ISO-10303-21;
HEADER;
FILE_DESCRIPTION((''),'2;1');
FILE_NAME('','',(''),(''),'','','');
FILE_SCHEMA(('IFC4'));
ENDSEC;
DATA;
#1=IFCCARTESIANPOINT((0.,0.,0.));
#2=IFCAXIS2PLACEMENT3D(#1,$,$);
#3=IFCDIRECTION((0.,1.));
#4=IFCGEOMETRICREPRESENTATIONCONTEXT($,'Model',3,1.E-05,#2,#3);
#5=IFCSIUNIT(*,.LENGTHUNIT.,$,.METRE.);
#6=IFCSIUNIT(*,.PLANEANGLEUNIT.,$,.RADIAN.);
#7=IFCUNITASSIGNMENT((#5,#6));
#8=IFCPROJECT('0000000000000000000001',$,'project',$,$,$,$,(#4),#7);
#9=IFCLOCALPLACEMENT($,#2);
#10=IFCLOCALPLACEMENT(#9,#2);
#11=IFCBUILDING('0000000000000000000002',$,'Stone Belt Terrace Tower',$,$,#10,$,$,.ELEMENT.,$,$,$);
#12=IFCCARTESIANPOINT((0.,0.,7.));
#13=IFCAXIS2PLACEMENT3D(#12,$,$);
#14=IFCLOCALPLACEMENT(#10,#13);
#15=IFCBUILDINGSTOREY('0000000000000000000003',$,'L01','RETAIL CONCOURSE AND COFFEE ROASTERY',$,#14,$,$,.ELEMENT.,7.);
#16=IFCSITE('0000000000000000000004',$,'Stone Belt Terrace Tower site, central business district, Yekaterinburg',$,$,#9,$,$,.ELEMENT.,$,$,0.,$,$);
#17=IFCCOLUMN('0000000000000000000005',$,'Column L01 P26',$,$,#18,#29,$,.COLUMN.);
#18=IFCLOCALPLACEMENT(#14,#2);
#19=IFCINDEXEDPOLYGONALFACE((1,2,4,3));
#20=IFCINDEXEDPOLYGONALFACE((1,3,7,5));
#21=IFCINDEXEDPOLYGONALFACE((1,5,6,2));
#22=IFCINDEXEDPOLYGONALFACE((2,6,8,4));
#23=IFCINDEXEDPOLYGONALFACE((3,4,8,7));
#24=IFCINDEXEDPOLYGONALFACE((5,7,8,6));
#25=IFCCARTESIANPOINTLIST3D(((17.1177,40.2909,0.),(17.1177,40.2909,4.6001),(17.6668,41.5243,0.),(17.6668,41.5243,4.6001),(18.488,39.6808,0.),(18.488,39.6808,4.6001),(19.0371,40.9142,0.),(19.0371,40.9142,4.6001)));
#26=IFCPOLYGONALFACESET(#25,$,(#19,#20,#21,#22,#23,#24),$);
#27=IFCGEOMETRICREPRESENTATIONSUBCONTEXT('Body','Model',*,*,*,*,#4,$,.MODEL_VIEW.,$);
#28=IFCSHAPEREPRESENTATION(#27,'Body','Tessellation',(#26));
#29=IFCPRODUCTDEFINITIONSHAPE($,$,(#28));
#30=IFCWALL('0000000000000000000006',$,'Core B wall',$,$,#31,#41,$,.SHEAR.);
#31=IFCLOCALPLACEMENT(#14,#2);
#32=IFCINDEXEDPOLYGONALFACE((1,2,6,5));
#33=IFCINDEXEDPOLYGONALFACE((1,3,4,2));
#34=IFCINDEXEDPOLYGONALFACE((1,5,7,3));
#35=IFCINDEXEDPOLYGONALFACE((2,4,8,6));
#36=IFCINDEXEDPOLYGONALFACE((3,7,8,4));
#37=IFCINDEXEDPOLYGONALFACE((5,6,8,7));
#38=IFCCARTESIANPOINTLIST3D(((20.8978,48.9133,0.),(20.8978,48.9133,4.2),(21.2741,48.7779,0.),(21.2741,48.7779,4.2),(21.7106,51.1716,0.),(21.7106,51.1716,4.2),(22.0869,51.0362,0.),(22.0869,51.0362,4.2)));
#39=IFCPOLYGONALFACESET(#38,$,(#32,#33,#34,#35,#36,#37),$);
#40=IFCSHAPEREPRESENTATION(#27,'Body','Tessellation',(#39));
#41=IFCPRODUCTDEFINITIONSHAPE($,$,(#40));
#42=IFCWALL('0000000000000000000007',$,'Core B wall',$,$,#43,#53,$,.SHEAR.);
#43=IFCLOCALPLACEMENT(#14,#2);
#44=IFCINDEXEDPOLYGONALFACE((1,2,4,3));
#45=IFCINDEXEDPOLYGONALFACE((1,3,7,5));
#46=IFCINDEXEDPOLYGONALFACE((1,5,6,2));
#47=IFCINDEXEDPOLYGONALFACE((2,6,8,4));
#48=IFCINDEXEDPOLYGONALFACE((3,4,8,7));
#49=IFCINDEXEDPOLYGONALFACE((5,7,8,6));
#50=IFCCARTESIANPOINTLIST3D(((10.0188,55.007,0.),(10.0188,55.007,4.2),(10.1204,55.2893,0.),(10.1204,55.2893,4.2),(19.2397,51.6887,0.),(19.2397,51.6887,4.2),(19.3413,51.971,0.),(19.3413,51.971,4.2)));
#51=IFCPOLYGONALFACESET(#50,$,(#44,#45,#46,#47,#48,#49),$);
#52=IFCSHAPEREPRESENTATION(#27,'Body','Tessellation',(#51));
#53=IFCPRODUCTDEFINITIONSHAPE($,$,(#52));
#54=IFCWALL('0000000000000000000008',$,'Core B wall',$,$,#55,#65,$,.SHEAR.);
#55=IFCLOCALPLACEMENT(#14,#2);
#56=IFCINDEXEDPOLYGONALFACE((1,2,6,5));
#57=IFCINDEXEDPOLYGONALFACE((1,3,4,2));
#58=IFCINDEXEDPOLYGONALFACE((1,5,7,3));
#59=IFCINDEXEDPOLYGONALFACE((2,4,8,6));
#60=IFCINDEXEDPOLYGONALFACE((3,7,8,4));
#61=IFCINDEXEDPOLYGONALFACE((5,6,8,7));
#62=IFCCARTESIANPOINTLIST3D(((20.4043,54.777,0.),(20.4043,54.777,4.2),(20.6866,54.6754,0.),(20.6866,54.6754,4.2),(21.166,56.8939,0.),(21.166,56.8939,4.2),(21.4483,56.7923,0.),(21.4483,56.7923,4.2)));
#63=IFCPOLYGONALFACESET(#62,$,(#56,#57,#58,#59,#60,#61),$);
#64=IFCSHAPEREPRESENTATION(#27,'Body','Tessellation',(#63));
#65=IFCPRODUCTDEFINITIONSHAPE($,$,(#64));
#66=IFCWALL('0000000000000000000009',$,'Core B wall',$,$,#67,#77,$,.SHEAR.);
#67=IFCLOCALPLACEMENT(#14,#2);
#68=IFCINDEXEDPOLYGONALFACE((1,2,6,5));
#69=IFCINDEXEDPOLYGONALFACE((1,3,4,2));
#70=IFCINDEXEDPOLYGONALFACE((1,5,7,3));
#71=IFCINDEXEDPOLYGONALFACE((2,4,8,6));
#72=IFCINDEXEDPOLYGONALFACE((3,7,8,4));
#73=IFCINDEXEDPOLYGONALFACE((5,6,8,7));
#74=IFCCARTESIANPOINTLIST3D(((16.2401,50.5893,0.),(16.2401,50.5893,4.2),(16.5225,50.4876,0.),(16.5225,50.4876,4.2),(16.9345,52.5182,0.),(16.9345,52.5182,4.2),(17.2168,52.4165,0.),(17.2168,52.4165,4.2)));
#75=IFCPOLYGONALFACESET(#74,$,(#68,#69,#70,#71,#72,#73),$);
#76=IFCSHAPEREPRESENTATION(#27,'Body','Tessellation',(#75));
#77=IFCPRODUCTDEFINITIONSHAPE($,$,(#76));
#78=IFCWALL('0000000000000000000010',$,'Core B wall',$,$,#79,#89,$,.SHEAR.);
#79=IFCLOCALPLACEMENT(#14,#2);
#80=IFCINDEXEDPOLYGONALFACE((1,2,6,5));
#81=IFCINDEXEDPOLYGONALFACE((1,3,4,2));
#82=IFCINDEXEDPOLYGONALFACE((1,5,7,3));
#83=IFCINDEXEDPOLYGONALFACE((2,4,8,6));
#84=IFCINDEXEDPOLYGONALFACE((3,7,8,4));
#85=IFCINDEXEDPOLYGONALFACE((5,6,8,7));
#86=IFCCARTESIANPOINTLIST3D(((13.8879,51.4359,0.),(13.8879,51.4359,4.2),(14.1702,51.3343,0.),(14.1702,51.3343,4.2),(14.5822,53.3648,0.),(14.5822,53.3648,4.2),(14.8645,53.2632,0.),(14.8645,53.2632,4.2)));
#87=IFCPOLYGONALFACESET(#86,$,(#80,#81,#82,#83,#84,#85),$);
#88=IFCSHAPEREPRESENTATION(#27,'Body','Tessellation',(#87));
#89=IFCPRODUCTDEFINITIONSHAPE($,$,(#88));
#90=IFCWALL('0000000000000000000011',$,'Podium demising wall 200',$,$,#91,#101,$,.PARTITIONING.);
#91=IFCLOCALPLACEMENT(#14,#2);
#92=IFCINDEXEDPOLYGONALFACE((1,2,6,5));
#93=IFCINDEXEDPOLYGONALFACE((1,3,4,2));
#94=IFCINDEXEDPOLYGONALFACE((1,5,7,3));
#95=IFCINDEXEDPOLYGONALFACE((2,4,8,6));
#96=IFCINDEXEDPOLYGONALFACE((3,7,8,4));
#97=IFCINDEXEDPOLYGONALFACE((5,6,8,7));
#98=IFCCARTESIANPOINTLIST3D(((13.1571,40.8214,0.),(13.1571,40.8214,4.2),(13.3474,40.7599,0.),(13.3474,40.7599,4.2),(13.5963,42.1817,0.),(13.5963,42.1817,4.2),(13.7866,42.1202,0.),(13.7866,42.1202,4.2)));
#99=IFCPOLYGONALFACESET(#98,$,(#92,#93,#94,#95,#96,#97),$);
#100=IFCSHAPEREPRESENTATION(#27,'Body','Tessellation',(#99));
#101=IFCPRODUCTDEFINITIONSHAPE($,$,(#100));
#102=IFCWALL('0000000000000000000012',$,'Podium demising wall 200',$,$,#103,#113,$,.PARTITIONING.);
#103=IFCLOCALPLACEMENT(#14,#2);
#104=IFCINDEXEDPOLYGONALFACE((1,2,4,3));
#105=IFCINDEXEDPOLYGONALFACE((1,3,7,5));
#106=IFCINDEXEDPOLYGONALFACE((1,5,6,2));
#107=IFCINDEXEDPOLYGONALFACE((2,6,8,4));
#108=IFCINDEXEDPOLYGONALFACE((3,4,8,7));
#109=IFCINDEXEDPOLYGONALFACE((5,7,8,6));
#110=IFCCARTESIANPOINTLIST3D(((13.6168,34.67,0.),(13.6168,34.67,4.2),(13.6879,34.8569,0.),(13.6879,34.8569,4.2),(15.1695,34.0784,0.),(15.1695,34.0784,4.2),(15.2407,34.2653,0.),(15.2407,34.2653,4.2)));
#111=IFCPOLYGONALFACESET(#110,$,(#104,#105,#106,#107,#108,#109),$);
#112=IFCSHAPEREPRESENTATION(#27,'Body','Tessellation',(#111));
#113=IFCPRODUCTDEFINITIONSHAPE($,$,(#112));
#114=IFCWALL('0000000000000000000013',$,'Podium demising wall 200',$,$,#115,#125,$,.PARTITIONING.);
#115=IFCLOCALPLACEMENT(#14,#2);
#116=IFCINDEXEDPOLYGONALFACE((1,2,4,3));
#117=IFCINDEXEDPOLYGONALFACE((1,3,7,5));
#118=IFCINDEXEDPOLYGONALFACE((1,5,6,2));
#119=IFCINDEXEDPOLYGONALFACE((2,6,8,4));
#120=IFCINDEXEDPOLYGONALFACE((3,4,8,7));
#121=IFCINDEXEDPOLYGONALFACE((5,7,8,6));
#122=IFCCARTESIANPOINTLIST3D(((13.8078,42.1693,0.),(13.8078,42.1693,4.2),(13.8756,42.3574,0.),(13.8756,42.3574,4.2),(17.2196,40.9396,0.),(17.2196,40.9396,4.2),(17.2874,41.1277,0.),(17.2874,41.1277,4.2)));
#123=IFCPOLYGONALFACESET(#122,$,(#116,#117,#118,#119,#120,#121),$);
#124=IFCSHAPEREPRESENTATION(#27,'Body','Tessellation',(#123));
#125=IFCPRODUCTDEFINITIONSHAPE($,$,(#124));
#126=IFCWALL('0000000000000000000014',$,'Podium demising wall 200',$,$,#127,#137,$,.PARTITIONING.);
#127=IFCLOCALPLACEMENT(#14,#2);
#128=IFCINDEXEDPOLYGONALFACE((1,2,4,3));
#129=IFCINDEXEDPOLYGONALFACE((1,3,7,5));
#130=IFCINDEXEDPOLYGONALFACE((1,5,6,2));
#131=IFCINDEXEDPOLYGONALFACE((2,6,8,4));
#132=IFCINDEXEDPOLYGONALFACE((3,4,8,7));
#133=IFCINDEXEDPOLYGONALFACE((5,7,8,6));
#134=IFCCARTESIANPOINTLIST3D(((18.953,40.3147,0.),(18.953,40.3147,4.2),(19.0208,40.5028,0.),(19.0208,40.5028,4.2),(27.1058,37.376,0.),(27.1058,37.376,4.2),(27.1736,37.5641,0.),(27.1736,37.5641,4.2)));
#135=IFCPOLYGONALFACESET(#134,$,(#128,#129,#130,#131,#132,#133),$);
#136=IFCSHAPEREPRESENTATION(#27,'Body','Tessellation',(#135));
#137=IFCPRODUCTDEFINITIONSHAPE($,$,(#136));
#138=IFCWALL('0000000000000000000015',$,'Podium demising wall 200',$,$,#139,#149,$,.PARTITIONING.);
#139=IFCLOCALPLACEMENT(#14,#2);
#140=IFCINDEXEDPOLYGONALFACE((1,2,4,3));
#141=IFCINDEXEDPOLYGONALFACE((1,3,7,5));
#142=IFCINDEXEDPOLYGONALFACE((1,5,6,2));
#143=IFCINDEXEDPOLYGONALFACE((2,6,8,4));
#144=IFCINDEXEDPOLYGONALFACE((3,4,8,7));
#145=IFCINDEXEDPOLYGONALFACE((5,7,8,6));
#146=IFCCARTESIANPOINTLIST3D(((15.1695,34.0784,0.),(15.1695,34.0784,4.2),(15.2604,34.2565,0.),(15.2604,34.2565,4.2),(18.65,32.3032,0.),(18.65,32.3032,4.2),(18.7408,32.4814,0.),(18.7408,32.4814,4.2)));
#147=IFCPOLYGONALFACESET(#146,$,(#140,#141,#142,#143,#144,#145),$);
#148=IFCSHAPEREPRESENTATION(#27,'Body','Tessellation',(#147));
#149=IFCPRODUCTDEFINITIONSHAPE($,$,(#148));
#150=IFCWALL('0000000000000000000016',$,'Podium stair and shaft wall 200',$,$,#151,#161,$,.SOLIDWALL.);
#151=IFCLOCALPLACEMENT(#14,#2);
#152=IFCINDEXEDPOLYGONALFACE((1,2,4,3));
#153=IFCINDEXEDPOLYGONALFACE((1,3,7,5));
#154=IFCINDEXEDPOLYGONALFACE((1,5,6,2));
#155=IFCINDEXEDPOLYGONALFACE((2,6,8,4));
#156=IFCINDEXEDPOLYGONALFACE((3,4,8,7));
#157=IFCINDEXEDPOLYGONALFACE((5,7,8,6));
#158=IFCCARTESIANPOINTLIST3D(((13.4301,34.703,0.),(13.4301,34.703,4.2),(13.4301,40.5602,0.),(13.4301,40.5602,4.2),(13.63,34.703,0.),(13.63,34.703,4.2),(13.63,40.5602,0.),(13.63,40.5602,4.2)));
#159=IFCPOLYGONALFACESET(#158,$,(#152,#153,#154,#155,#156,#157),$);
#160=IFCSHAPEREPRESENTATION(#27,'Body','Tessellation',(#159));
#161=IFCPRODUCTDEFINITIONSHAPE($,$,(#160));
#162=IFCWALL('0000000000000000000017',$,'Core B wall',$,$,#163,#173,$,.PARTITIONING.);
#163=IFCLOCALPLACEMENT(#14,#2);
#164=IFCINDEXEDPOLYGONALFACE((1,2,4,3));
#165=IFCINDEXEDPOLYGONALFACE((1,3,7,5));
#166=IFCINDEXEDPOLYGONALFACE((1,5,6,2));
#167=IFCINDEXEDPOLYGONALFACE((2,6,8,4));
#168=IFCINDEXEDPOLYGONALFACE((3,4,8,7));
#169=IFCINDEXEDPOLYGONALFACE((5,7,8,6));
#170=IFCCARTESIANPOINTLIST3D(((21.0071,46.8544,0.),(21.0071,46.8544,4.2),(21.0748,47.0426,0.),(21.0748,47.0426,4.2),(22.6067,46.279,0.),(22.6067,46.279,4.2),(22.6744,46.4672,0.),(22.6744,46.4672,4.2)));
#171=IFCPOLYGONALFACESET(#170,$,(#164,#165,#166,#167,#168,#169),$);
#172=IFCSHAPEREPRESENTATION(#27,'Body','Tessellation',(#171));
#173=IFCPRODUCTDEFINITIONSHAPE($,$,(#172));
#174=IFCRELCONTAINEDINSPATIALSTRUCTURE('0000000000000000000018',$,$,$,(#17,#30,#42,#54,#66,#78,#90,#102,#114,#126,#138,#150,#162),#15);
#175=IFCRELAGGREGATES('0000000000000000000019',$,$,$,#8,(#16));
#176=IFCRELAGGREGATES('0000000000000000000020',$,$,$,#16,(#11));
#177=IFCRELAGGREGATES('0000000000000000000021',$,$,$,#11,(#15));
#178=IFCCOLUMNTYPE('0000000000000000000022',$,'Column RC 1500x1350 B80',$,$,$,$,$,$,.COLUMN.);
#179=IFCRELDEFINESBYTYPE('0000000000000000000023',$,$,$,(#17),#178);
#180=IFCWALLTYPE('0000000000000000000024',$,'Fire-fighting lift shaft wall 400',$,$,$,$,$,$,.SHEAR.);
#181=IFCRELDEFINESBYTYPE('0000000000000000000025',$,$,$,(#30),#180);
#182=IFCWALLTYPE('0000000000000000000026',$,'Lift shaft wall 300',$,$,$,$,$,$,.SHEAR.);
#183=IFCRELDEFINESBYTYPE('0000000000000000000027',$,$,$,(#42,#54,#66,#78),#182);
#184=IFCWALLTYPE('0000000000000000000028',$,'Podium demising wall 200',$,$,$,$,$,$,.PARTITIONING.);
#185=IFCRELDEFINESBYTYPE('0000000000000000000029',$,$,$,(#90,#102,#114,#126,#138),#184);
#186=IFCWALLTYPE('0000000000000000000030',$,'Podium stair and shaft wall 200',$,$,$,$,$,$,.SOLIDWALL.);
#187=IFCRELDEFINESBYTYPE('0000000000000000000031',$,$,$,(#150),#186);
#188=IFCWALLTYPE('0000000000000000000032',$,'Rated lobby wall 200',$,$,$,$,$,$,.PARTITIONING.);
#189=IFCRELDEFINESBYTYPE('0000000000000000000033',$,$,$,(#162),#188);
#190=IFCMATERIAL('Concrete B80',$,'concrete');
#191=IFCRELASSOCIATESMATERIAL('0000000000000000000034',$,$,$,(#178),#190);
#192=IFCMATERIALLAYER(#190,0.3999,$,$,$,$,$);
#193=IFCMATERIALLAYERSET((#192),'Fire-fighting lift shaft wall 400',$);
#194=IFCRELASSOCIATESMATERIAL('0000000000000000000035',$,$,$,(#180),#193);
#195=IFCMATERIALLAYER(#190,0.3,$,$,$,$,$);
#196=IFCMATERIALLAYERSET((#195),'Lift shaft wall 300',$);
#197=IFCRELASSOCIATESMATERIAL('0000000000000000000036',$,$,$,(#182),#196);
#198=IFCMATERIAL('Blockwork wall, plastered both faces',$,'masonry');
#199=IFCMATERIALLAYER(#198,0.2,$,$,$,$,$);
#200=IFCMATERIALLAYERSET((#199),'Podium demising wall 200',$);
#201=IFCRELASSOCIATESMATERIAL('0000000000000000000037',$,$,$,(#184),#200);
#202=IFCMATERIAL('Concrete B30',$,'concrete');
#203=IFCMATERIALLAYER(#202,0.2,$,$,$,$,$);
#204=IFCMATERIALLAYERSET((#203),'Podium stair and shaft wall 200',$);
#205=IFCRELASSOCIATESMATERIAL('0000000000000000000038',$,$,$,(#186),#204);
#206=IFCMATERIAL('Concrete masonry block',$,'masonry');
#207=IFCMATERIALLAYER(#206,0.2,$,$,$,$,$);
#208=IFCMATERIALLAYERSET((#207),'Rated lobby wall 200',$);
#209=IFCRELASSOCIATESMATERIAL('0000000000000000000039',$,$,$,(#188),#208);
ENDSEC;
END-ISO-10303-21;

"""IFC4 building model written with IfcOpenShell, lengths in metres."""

from ifc_helpers import new_model, si_unit, direction, frame, frame_2d, origin, origin_2d, place, context, subcontext, project, spatial, rectangle, extrude, material, layer, layer_set, material_profile, profile_set, type_object, element, save


model = new_model("IFC4")

# Units and contexts
model_context = context("Model", 3, precision=1e-05, world=origin(), true_north=direction((0.0, 1.0)))
body_context = subcontext(model_context, "Body", "Model", "MODEL_VIEW")
ifc_project = project(units=[si_unit("LENGTHUNIT", "METRE"), si_unit("PLANEANGLEUNIT", "RADIAN")], contexts=[model_context])

# Site, building, storey
site_placement = place(None, origin())
site = spatial("IfcSite", under=ifc_project, at=site_placement, Name="Stone Belt Terrace Tower site, central business district, Yekaterinburg", CompositionType="ELEMENT", RefElevation=0.0)
building_placement = place(site_placement, origin())
building = spatial("IfcBuilding", under=site, at=building_placement, Name="Stone Belt Terrace Tower", CompositionType="ELEMENT")
storey_placement = place(building_placement, frame((0.0, 0.0, 7.0)))
storey = spatial("IfcBuildingStorey", under=building, at=storey_placement, Name="L01", Description="RETAIL CONCOURSE AND COFFEE ROASTERY", CompositionType="ELEMENT", Elevation=7.0)

# Column
ifc_material_1 = material(Name="Concrete B80", Category="concrete")
ifc_material_profile = material_profile(ifc_material_1, rectangle(XDim=1.5, YDim=1.3501, at=origin_2d()), Name="RC 1500x1350")
ifc_profile_set = profile_set([ifc_material_profile], Name="Concrete B80")
column_type = type_object("IfcColumnType", Name="Column RC 1500x1350 B80", PredefinedType="COLUMN", material=ifc_profile_set)
column_placement = place(storey_placement, frame((18.0774, 40.6025, 0.0), z_axis=(0.0, 0.0, 1.0), x_axis=(0.913545, -0.406737, 0.0)))
element("IfcColumn", 1, at=column_placement, inside=storey, type_object=column_type, Name="Column L01 P26", PredefinedType="COLUMN", context=body_context, shape_type="SweptSolid", body=[
    extrude(rectangle(XDim=1.5, YDim=1.3501, at=origin_2d()), origin(), (0.0, 0.0, 1.0), 4.6001),
])

# Walls
ifc_layer_1 = layer(ifc_material_1, 0.3999)
ifc_layer_set_1 = layer_set([ifc_layer_1], Name="Fire-fighting lift shaft wall 400")
wall_type_1 = type_object("IfcWallType", Name="Fire-fighting lift shaft wall 400", PredefinedType="SHEAR", material=ifc_layer_set_1)
wall_1_placement = place(storey_placement, frame((21.0859, 48.8455, 0.0), z_axis=(0.0, 0.0, 1.0), x_axis=(0.338629, 0.94092, 0.0)))
element("IfcWall", 2, at=wall_1_placement, inside=storey, type_object=wall_type_1, Name="Core B wall", PredefinedType="SHEAR", context=body_context, shape_type="SweptSolid", body=[
    extrude(rectangle(XDim=2.4001, YDim=0.3999, at=frame_2d((1.2002, 0.0))), origin(), (0.0, 0.0, 1.0), 4.2),
])
ifc_layer_2 = layer(ifc_material_1, 0.3)
ifc_layer_set_2 = layer_set([ifc_layer_2], Name="Lift shaft wall 300")
wall_type_2 = type_object("IfcWallType", Name="Lift shaft wall 300", PredefinedType="SHEAR", material=ifc_layer_set_2)
wall_2_placement = place(storey_placement, frame((19.2905, 51.8298, 0.0), z_axis=(0.0, 0.0, 1.0), x_axis=(-0.940926, 0.338613, 0.0)))
element("IfcWall", 3, at=wall_2_placement, inside=storey, type_object=wall_type_2, Name="Core B wall", PredefinedType="SHEAR", context=body_context, shape_type="SweptSolid", body=[
    extrude(rectangle(XDim=9.7998, YDim=0.3, at=frame_2d((4.8999, 0.0))), origin(), (0.0, 0.0, 1.0), 4.2),
])
wall_3_placement = place(storey_placement, frame((20.5454, 54.7261, 0.0), z_axis=(0.0, 0.0, 1.0), x_axis=(0.33857, 0.940941, 0.0)))
element("IfcWall", 4, at=wall_3_placement, inside=storey, type_object=wall_type_2, Name="Core B wall", PredefinedType="SHEAR", context=body_context, shape_type="SweptSolid", body=[
    extrude(rectangle(XDim=2.2498, YDim=0.3, at=frame_2d((1.125, 0.0))), origin(), (0.0, 0.0, 1.0), 4.2),
])
for number, where, z_axis, x_axis, name in (
    (5, (16.3813, 50.5386, 0.0), (0.0, 0.0, 1.0), (0.338682, 0.940901, 0.0), "Core B wall"),
    (6, (14.0291, 51.3853, 0.0), (0.0, 0.0, 1.0), (0.338682, 0.940901, 0.0), "Core B wall"),
):
    element("IfcWall", number, at=place(storey_placement, frame(where, z_axis=z_axis, x_axis=x_axis)), inside=storey, type_object=wall_type_2, Name=name, PredefinedType="SHEAR", context=body_context, shape_type="SweptSolid", body=[
        extrude(rectangle(XDim=2.05, YDim=0.3, at=frame_2d((1.0249, 0.0))), origin(), (0.0, 0.0, 1.0), 4.2),
    ])
ifc_material_2 = material(Name="Blockwork wall, plastered both faces", Category="masonry")
ifc_layer_3 = layer(ifc_material_2, 0.2)
ifc_layer_set_3 = layer_set([ifc_layer_3], Name="Podium demising wall 200")
wall_type_3 = type_object("IfcWallType", Name="Podium demising wall 200", PredefinedType="PARTITIONING", material=ifc_layer_set_3)
wall_4_placement = place(storey_placement, frame((13.2522, 40.7905, 0.0), z_axis=(0.0, 0.0, 1.0), x_axis=(0.307247, 0.95163, 0.0)))
element("IfcWall", 7, at=wall_4_placement, inside=storey, type_object=wall_type_3, Name="Podium demising wall 200", PredefinedType="PARTITIONING", context=body_context, shape_type="SweptSolid", body=[
    extrude(rectangle(XDim=1.4294, YDim=0.2, at=frame_2d((0.7148, 0.0))), origin(), (0.0, 0.0, 1.0), 4.2),
])
wall_5_placement = place(storey_placement, frame((13.6523, 34.7634, 0.0), z_axis=(0.0, 0.0, 1.0), x_axis=(0.934481, -0.356014, 0.0)))
element("IfcWall", 8, at=wall_5_placement, inside=storey, type_object=wall_type_3, Name="Podium demising wall 200", PredefinedType="PARTITIONING", context=body_context, shape_type="SweptSolid", body=[
    extrude(rectangle(XDim=1.6616, YDim=0.2, at=frame_2d((0.8308, 0.0))), origin(), (0.0, 0.0, 1.0), 4.2),
])
wall_6_placement = place(storey_placement, frame((13.8416, 42.2634, 0.0), z_axis=(0.0, 0.0, 1.0), x_axis=(0.940759, -0.339077, 0.0)))
element("IfcWall", 9, at=wall_6_placement, inside=storey, type_object=wall_type_3, Name="Podium demising wall 200", PredefinedType="PARTITIONING", context=body_context, shape_type="SweptSolid", body=[
    extrude(rectangle(XDim=3.6267, YDim=0.2, at=frame_2d((1.8135, 0.0))), origin(), (0.0, 0.0, 1.0), 4.2),
])
wall_7_placement = place(storey_placement, frame((18.9871, 40.4087, 0.0), z_axis=(0.0, 0.0, 1.0), x_axis=(0.940751, -0.339098, 0.0)))
element("IfcWall", 10, at=wall_7_placement, inside=storey, type_object=wall_type_3, Name="Podium demising wall 200", PredefinedType="PARTITIONING", context=body_context, shape_type="SweptSolid", body=[
    extrude(rectangle(XDim=8.6663, YDim=0.2, at=frame_2d((4.333, 0.0))), origin(), (0.0, 0.0, 1.0), 4.2),
])
wall_8_placement = place(storey_placement, frame((15.2148, 34.1675, 0.0), z_axis=(0.0, 0.0, 1.0), x_axis=(0.890824, -0.454348, 0.0)))
element("IfcWall", 11, at=wall_8_placement, inside=storey, type_object=wall_type_3, Name="Podium demising wall 200", PredefinedType="PARTITIONING", context=body_context, shape_type="SweptSolid", body=[
    extrude(rectangle(XDim=3.907, YDim=0.2, at=frame_2d((1.9536, 0.0))), origin(), (0.0, 0.0, 1.0), 4.2),
])
ifc_material_3 = material(Name="Concrete B30", Category="concrete")
ifc_layer_4 = layer(ifc_material_3, 0.2)
ifc_layer_set_4 = layer_set([ifc_layer_4], Name="Podium stair and shaft wall 200")
wall_type_4 = type_object("IfcWallType", Name="Podium stair and shaft wall 200", PredefinedType="SOLIDWALL", material=ifc_layer_set_4)
wall_9_placement = place(storey_placement, frame((13.53, 34.7029, 0.0), z_axis=(0.0, 0.0, 1.0), x_axis=(0.0, 1.0, 0.0)))
element("IfcWall", 12, at=wall_9_placement, inside=storey, type_object=wall_type_4, Name="Podium stair and shaft wall 200", PredefinedType="SOLIDWALL", context=body_context, shape_type="SweptSolid", body=[
    extrude(rectangle(XDim=5.8572, YDim=0.2, at=frame_2d((2.9287, 0.0))), origin(), (0.0, 0.0, 1.0), 4.2),
])
ifc_material_4 = material(Name="Concrete masonry block", Category="masonry")
ifc_layer_5 = layer(ifc_material_4, 0.2)
ifc_layer_set_5 = layer_set([ifc_layer_5], Name="Rated lobby wall 200")
wall_type_5 = type_object("IfcWallType", Name="Rated lobby wall 200", PredefinedType="PARTITIONING", material=ifc_layer_set_5)
wall_10_placement = place(storey_placement, frame((22.6406, 46.373, 0.0), z_axis=(0.0, 0.0, 1.0), x_axis=(-0.940966, 0.338501, 0.0)))
element("IfcWall", 13, at=wall_10_placement, inside=storey, type_object=wall_type_5, Name="Core B wall", PredefinedType="PARTITIONING", context=body_context, shape_type="SweptSolid", body=[
    extrude(rectangle(XDim=1.7, YDim=0.2, at=frame_2d((0.8501, 0.0))), origin(), (0.0, 0.0, 1.0), 4.2),
])

save(model, "model.ifc")
